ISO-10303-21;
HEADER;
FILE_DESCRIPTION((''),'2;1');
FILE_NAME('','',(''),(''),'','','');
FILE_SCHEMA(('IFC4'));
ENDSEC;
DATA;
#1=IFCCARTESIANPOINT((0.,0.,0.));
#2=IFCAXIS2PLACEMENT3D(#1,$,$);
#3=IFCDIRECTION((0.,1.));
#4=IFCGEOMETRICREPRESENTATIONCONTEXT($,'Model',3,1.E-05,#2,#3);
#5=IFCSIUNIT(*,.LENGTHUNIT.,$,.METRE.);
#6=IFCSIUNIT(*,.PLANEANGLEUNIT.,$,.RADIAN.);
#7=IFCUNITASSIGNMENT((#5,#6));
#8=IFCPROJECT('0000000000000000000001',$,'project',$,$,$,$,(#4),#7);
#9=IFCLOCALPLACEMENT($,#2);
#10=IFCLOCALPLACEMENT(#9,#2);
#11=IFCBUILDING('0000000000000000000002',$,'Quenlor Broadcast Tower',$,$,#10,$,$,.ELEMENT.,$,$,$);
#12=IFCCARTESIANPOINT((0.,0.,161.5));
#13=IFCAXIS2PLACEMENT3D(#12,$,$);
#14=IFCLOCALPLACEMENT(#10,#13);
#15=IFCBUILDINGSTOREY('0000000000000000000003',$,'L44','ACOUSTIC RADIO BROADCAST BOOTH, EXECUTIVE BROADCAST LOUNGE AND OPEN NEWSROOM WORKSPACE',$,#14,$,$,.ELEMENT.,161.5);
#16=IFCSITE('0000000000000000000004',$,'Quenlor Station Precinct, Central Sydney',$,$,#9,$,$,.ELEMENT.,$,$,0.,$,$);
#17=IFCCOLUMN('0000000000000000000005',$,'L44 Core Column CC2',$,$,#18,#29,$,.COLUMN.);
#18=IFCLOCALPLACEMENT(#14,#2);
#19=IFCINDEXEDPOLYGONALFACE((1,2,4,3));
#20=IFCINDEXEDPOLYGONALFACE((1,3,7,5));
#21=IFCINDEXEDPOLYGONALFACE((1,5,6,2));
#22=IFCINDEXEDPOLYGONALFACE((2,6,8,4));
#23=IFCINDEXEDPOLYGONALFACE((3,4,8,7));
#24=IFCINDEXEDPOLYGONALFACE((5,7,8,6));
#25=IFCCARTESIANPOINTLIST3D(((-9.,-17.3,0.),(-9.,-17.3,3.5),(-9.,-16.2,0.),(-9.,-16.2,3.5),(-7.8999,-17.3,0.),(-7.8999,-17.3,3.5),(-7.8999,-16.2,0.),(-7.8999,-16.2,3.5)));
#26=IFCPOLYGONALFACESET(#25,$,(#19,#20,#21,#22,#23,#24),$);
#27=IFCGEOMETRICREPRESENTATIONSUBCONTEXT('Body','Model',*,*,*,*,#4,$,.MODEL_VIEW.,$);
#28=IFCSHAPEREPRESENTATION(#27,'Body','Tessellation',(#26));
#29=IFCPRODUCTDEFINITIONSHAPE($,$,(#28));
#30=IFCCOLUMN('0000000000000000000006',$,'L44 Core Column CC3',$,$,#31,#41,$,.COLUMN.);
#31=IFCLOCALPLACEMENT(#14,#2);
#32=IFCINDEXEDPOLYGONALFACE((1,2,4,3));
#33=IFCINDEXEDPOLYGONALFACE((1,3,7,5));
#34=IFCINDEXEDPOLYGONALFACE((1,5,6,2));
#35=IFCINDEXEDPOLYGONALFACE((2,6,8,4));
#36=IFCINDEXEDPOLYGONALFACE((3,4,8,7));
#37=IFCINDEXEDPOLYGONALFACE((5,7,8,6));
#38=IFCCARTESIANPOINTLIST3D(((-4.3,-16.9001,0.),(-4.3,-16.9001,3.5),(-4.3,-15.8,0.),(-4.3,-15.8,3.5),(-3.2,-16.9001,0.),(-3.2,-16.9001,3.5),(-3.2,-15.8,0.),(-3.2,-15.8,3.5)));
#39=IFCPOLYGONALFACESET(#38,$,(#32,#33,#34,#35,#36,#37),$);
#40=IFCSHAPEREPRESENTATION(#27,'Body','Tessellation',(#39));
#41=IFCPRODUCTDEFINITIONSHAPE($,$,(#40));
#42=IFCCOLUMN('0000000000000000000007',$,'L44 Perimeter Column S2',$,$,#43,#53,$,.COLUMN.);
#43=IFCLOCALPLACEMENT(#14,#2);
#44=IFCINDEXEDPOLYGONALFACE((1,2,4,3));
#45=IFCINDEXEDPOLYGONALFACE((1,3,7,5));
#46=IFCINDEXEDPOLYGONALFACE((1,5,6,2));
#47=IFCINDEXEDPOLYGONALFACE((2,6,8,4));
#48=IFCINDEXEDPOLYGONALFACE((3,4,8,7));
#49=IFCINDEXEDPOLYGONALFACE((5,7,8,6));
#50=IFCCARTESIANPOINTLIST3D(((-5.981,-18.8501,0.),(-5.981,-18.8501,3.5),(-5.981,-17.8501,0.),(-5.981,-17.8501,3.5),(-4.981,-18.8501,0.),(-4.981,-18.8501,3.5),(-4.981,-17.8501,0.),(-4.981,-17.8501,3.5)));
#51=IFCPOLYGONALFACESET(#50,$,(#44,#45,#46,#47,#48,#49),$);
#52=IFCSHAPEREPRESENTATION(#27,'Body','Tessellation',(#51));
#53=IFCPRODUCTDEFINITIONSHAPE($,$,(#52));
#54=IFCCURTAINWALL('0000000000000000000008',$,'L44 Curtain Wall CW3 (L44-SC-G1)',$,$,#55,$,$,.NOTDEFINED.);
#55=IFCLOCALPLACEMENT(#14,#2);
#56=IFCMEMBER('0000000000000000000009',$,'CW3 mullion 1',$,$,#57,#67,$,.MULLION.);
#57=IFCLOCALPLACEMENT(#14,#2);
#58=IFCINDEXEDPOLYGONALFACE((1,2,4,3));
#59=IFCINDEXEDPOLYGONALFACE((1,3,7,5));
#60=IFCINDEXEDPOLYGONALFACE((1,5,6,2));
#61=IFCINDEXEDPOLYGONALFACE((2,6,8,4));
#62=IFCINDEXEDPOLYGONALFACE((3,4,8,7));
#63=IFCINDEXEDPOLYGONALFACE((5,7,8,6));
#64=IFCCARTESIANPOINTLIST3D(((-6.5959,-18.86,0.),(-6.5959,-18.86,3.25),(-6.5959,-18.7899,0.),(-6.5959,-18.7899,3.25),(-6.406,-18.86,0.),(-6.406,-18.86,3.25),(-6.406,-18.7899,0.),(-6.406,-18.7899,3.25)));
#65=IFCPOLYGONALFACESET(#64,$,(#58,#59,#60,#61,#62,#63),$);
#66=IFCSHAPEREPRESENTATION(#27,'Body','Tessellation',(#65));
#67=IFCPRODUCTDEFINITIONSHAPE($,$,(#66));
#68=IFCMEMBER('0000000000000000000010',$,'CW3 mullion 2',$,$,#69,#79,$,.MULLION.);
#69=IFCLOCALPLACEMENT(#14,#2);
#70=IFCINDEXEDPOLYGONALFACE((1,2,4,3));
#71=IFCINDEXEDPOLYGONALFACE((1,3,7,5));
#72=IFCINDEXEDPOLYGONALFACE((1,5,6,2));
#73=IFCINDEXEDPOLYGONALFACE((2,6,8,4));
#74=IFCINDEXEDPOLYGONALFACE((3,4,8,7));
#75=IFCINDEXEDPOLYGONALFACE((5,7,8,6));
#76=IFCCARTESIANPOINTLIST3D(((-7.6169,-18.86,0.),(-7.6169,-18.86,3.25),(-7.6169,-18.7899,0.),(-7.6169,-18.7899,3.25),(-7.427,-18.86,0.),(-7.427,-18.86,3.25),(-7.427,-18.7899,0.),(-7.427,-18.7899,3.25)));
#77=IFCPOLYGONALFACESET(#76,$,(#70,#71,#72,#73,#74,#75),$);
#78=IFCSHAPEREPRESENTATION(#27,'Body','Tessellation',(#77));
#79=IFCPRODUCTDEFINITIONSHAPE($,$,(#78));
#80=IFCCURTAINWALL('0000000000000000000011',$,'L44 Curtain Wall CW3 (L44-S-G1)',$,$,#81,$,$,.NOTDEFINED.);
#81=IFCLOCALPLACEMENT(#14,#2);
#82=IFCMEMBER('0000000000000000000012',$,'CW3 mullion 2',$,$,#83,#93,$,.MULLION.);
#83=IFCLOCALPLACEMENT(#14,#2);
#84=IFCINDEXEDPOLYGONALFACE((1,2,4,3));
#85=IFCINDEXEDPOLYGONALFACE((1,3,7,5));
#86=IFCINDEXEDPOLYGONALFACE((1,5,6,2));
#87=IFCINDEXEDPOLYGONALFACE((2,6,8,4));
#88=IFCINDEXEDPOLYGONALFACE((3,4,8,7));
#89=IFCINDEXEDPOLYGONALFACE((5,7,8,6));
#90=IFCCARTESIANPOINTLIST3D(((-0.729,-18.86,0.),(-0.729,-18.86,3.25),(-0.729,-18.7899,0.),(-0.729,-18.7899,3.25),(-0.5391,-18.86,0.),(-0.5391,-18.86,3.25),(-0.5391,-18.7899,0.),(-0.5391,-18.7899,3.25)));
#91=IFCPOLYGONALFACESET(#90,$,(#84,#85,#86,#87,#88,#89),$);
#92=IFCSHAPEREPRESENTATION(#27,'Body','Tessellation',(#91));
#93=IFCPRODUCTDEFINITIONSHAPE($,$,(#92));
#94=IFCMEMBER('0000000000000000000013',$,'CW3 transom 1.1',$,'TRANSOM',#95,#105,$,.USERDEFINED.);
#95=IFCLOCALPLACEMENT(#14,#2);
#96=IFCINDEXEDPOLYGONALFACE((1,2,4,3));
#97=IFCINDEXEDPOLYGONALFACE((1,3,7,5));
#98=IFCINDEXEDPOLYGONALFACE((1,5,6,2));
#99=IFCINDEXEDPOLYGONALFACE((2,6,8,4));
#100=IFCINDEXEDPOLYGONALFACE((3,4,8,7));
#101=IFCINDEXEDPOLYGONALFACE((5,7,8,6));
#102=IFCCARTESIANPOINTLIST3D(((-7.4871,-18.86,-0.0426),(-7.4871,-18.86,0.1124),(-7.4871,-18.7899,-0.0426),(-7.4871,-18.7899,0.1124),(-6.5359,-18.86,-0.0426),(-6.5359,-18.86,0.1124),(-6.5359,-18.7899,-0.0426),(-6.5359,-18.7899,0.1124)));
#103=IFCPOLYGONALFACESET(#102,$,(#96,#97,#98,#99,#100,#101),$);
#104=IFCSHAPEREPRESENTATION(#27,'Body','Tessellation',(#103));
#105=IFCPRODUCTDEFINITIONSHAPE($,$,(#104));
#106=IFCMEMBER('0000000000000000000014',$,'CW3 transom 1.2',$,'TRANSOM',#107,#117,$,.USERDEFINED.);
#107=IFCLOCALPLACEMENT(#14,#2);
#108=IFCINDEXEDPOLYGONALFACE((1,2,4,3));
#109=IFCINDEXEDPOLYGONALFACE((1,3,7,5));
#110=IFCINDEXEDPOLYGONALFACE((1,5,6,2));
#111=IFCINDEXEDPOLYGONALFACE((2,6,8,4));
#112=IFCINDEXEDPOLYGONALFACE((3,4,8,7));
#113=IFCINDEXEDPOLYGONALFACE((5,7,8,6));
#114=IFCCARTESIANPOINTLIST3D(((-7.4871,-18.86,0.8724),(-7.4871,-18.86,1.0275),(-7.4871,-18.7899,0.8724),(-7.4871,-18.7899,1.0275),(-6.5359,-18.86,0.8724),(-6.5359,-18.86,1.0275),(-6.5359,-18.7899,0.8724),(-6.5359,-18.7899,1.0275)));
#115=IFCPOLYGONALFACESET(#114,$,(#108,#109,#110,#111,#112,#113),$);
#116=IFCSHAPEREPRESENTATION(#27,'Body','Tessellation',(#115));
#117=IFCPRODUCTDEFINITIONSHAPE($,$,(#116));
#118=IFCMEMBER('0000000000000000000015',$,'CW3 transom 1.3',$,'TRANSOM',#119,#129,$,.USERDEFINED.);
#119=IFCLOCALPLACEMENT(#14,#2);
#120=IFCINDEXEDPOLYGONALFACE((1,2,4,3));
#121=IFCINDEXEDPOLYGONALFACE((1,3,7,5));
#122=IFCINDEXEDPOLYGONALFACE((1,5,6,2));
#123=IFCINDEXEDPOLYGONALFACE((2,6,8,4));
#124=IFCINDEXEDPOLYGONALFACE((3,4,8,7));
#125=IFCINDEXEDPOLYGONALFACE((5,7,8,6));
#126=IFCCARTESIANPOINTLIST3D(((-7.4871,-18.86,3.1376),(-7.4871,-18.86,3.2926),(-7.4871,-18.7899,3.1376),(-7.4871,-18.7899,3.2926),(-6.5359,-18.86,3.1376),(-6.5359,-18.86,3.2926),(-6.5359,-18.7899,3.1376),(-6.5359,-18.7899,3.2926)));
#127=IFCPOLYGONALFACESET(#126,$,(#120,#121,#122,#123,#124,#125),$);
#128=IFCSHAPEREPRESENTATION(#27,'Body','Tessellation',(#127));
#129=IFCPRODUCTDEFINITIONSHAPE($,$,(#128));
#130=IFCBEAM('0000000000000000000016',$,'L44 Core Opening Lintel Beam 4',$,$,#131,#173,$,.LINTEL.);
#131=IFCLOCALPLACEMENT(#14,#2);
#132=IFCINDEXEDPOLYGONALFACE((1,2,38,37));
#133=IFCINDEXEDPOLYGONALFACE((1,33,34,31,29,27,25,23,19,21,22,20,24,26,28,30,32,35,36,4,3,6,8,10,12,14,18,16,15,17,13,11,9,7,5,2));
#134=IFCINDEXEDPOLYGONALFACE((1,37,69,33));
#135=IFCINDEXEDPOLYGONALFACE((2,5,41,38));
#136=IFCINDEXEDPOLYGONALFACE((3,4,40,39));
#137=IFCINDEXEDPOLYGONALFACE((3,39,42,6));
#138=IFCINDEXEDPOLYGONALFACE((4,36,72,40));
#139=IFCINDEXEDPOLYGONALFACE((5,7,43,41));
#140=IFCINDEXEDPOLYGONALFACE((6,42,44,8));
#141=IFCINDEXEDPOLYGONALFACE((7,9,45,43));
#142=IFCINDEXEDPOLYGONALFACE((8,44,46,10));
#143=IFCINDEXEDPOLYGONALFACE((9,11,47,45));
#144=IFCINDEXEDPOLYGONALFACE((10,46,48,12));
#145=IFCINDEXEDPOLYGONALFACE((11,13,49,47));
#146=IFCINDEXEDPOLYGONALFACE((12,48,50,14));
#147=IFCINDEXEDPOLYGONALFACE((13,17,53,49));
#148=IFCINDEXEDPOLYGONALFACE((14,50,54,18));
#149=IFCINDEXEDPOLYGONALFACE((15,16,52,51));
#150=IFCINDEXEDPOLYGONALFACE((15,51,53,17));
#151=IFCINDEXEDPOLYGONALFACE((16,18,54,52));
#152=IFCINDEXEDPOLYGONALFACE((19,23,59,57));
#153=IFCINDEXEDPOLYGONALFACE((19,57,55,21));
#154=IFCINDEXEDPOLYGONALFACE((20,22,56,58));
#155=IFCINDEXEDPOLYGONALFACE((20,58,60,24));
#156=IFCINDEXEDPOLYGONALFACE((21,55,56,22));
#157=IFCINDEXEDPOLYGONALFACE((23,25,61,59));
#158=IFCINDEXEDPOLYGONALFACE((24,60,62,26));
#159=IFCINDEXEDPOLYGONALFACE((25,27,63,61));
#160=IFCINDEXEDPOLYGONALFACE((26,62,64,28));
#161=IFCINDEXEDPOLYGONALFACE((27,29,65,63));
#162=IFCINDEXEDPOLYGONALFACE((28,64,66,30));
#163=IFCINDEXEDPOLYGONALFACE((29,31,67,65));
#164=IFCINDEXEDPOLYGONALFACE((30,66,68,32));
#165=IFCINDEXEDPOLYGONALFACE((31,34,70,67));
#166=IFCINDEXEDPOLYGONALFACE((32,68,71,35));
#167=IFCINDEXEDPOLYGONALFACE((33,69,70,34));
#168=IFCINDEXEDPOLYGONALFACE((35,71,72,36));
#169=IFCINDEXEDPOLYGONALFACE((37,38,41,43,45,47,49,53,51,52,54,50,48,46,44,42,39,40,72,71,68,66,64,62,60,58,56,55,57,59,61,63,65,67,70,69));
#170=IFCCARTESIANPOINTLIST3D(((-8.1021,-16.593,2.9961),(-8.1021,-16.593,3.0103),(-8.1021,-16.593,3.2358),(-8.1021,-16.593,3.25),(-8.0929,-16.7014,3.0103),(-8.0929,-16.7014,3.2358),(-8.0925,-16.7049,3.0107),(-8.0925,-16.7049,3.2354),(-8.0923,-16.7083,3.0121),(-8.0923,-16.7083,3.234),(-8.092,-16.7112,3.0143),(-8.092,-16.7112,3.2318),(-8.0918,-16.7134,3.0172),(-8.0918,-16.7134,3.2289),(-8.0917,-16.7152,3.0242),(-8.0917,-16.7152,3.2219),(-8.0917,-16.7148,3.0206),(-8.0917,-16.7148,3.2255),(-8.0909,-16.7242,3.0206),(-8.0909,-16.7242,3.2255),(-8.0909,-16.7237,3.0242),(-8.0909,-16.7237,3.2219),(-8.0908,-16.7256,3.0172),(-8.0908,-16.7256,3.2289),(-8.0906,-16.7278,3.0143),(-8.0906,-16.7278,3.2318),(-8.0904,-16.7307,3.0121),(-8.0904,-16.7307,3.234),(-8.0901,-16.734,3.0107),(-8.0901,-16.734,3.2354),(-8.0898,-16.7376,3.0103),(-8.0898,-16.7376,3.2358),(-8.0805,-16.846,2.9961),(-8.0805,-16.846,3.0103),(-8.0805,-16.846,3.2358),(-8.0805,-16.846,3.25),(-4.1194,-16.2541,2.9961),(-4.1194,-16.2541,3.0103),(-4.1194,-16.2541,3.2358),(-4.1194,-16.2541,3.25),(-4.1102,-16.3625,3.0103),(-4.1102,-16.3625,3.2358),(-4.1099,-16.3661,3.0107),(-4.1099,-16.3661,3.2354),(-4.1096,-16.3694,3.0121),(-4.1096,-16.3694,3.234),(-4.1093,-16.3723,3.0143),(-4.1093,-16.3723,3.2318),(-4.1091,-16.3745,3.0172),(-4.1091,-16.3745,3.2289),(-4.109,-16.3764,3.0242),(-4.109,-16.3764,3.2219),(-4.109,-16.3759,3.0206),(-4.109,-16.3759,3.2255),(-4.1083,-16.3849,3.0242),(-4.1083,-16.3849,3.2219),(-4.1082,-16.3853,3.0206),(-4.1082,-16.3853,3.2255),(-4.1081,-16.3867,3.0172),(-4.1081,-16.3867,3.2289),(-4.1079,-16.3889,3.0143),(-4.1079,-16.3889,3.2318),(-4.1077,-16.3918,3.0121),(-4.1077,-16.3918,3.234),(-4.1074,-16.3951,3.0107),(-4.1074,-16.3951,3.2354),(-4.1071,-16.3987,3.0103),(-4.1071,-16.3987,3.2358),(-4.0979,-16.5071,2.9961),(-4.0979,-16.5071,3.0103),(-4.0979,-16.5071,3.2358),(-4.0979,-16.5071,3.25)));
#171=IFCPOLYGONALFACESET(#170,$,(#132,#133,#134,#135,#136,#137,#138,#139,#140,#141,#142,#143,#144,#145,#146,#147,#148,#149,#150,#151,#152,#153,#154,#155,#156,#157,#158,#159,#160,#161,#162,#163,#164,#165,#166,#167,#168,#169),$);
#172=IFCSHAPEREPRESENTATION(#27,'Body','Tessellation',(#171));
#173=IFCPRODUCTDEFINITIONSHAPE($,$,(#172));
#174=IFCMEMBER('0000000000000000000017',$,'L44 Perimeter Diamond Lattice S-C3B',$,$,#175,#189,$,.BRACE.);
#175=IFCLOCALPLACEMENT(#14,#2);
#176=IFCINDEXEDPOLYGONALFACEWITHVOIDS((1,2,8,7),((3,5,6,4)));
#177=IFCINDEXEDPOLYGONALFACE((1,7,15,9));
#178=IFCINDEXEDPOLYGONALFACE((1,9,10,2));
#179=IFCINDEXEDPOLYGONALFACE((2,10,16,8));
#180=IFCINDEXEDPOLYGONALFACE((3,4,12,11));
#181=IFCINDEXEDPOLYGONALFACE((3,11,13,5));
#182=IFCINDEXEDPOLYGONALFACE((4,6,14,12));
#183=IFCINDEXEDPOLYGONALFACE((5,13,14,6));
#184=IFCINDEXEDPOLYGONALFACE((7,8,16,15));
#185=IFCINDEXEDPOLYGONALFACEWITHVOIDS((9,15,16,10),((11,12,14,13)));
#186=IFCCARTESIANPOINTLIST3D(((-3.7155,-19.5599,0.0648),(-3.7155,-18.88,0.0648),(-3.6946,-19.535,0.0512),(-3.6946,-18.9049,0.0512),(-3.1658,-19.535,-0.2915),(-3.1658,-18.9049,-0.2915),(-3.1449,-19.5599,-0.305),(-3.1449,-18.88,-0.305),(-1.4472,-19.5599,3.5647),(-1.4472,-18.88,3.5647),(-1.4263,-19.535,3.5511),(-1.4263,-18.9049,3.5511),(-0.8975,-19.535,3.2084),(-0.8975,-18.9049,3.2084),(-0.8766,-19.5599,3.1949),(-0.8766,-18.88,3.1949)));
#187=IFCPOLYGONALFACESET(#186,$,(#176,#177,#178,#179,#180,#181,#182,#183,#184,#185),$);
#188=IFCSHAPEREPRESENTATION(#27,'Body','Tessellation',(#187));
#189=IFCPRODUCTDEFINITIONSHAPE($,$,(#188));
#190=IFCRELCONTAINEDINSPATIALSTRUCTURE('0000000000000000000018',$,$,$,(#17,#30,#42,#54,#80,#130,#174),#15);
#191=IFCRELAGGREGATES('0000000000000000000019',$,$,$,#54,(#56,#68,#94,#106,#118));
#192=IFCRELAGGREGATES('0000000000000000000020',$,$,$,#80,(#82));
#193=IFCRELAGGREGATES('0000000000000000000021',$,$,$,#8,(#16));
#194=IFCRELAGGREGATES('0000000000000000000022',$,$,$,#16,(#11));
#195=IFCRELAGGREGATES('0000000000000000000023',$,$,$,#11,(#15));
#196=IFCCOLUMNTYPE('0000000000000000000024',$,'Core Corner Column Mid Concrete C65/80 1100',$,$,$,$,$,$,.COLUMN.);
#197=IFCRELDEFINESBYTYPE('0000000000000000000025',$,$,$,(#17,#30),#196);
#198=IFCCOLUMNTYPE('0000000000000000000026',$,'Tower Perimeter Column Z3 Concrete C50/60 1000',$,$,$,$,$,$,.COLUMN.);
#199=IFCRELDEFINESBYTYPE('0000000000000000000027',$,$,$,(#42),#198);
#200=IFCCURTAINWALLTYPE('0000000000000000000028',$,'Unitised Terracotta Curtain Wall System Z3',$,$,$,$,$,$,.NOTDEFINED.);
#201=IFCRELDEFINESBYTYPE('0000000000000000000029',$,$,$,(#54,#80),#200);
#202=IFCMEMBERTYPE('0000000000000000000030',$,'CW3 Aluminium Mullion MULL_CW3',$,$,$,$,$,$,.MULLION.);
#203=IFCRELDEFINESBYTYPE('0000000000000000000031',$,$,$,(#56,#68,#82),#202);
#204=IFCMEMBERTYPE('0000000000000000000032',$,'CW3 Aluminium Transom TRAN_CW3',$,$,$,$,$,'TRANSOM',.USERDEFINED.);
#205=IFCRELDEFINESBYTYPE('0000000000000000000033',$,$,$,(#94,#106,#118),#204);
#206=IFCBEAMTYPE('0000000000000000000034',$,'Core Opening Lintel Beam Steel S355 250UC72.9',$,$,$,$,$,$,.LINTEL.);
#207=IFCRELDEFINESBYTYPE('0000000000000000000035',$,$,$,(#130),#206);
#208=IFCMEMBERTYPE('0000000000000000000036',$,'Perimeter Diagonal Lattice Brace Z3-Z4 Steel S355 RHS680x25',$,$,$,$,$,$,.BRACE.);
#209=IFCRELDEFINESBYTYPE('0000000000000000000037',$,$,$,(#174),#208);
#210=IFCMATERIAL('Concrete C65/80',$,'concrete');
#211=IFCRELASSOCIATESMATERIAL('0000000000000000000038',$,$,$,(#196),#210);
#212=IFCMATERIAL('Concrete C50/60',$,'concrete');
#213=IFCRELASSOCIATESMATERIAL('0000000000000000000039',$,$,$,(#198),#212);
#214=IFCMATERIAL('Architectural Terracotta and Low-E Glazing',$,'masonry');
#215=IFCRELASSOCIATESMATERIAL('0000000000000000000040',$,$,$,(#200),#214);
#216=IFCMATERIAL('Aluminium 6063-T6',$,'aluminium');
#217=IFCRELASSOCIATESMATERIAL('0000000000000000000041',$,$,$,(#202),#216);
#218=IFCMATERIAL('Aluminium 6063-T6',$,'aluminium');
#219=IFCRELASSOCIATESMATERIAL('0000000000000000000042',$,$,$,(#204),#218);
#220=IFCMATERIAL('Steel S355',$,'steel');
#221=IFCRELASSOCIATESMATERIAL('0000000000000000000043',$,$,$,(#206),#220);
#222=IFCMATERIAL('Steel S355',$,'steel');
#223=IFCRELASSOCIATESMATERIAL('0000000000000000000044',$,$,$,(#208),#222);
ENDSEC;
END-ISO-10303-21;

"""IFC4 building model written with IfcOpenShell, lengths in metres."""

from ifc_helpers import new_model, si_unit, direction, frame, origin, origin_2d, place, context, subcontext, project, spatial, rectangle, hollow_rectangle, i_section, extrude, material, material_profile, profile_set, type_object, element, aggregate, save


model = new_model("IFC4")

# Units and contexts
model_context = context("Model", 3, precision=1e-05, world=origin(), true_north=direction((0.0, 1.0)))
body_context = subcontext(model_context, "Body", "Model", "MODEL_VIEW")
ifc_project = project(units=[si_unit("LENGTHUNIT", "METRE"), si_unit("PLANEANGLEUNIT", "RADIAN")], contexts=[model_context])

# Site, building, storey
site_placement = place(None, origin())
site = spatial("IfcSite", under=ifc_project, at=site_placement, Name="Quenlor Station Precinct, Central Sydney", CompositionType="ELEMENT", RefElevation=0.0)
building_placement = place(site_placement, origin())
building = spatial("IfcBuilding", under=site, at=building_placement, Name="Quenlor Broadcast Tower", CompositionType="ELEMENT")
storey_placement = place(building_placement, frame((0.0, 0.0, 161.5)))
storey = spatial("IfcBuildingStorey", under=building, at=storey_placement, Name="L44", Description="ACOUSTIC RADIO BROADCAST BOOTH, EXECUTIVE BROADCAST LOUNGE AND OPEN NEWSROOM WORKSPACE", CompositionType="ELEMENT", Elevation=161.5)

# Columns
ifc_material_1 = material(Name="Concrete C65/80", Category="concrete")
ifc_material_profile_1 = material_profile(ifc_material_1, rectangle(XDim=1.1001, YDim=1.1001, at=origin_2d()))
ifc_profile_set_1 = profile_set([ifc_material_profile_1], Name="Concrete C65/80 RC1100x1100")
column_type_1 = type_object("IfcColumnType", Name="Core Corner Column Mid Concrete C65/80 1100", PredefinedType="COLUMN", material=ifc_profile_set_1)
for number, where, z_axis, x_axis, name in (
    (1, (-8.45, -16.75, 0.0), (0.0, 0.0, 1.0), (1.0, 0.0, 0.0), "L44 Core Column CC2"),
    (2, (-3.75, -16.3501, 0.0), (0.0, 0.0, 1.0), (1.0, 0.0, 0.0), "L44 Core Column CC3"),
):
    element("IfcColumn", number, at=place(storey_placement, frame(where, z_axis=z_axis, x_axis=x_axis)), inside=storey, type_object=column_type_1, Name=name, PredefinedType="COLUMN", context=body_context, shape_type="SweptSolid", body=[
        extrude(rectangle(XDim=1.1001, YDim=1.1001, at=origin_2d()), origin(), (0.0, 0.0, 1.0), 3.5),
    ])
ifc_material_2 = material(Name="Concrete C50/60", Category="concrete")
ifc_material_profile_2 = material_profile(ifc_material_2, rectangle(XDim=1.0, YDim=1.0, at=origin_2d()))
ifc_profile_set_2 = profile_set([ifc_material_profile_2], Name="Concrete C50/60 RC1000x1000")
column_type_2 = type_object("IfcColumnType", Name="Tower Perimeter Column Z3 Concrete C50/60 1000", PredefinedType="COLUMN", material=ifc_profile_set_2)
column_placement = place(storey_placement, frame((-5.481, -18.3501, 0.0), z_axis=(0.0, 0.0, 1.0), x_axis=(0.0, 1.0, 0.0)))
element("IfcColumn", 3, at=column_placement, inside=storey, type_object=column_type_2, Name="L44 Perimeter Column S2", PredefinedType="COLUMN", context=body_context, shape_type="SweptSolid", body=[
    extrude(rectangle(XDim=1.0, YDim=1.0, at=origin_2d()), origin(), (0.0, 0.0, 1.0), 3.5),
])

# Curtain wall, members
ifc_material_3 = material(Name="Architectural Terracotta and Low-E Glazing", Category="masonry")
curtain_wall_type = type_object("IfcCurtainWallType", Name="Unitised Terracotta Curtain Wall System Z3", PredefinedType="NOTDEFINED", material=ifc_material_3)
curtain_wall_1_placement = place(storey_placement, origin())
curtain_wall_1 = element("IfcCurtainWall", 4, at=curtain_wall_1_placement, inside=storey, type_object=curtain_wall_type, Name="L44 Curtain Wall CW3 (L44-SC-G1)", PredefinedType="NOTDEFINED")
ifc_material_4 = material(Name="Aluminium 6063-T6", Category="aluminium")
ifc_material_profile_3 = material_profile(ifc_material_4, rectangle(XDim=0.0701, YDim=0.1899, at=origin_2d()))
ifc_profile_set_3 = profile_set([ifc_material_profile_3], Name="Aluminium 6063-T6 MULL70x190")
member_type_1 = type_object("IfcMemberType", Name="CW3 Aluminium Mullion MULL_CW3", PredefinedType="MULLION", material=ifc_profile_set_3)
member_1_placement = place(storey_placement, frame((-6.501, -18.825, 0.0), z_axis=(0.0, 0.0, 1.0), x_axis=(0.0, -1.0, 0.0)))
member_1 = element("IfcMember", 5, at=member_1_placement, type_object=member_type_1, Name="CW3 mullion 1", PredefinedType="MULLION", context=body_context, shape_type="SweptSolid", body=[
    extrude(rectangle(XDim=0.0701, YDim=0.1899, at=origin_2d()), origin(), (0.0, 0.0, 1.0), 3.25),
])
member_2_placement = place(storey_placement, frame((-7.522, -18.825, 0.0), z_axis=(0.0, 0.0, 1.0), x_axis=(0.0, -1.0, 0.0)))
member_2 = element("IfcMember", 6, at=member_2_placement, type_object=member_type_1, Name="CW3 mullion 2", PredefinedType="MULLION", context=body_context, shape_type="SweptSolid", body=[
    extrude(rectangle(XDim=0.0701, YDim=0.1899, at=origin_2d()), origin(), (0.0, 0.0, 1.0), 3.25),
])

# Curtain wall, member
curtain_wall_2_placement = place(storey_placement, origin())
curtain_wall_2 = element("IfcCurtainWall", 7, at=curtain_wall_2_placement, inside=storey, type_object=curtain_wall_type, Name="L44 Curtain Wall CW3 (L44-S-G1)", PredefinedType="NOTDEFINED")
member_3_placement = place(storey_placement, frame((-0.634, -18.825, 0.0), z_axis=(0.0, 0.0, 1.0), x_axis=(0.0, -1.0, 0.0)))
member_3 = element("IfcMember", 8, at=member_3_placement, type_object=member_type_1, Name="CW3 mullion 2", PredefinedType="MULLION", context=body_context, shape_type="SweptSolid", body=[
    extrude(rectangle(XDim=0.0701, YDim=0.1899, at=origin_2d()), origin(), (0.0, 0.0, 1.0), 3.25),
])

# Members
ifc_material_5 = material(Name="Aluminium 6063-T6", Category="aluminium")
ifc_material_profile_4 = material_profile(ifc_material_5, rectangle(XDim=0.0701, YDim=0.155, at=origin_2d()))
ifc_profile_set_4 = profile_set([ifc_material_profile_4], Name="Aluminium 6063-T6 TRAN70x155")
member_type_2 = type_object("IfcMemberType", Name="CW3 Aluminium Transom TRAN_CW3", ElementType="TRANSOM", PredefinedType="USERDEFINED", material=ifc_profile_set_4)
member_4_placement = place(storey_placement, frame((-6.5359, -18.825, 0.0349), z_axis=(-1.0, 0.0, 0.0), x_axis=(0.0, -1.0, 0.0)))
member_4 = element("IfcMember", 9, at=member_4_placement, type_object=member_type_2, Name="CW3 transom 1.1", ObjectType="TRANSOM", PredefinedType="USERDEFINED", context=body_context, shape_type="SweptSolid", body=[
    extrude(rectangle(XDim=0.0701, YDim=0.155, at=origin_2d()), origin(), (0.0, 0.0, 1.0), 0.9512),
])
member_5_placement = place(storey_placement, frame((-6.5359, -18.825, 0.95), z_axis=(-1.0, 0.0, 0.0), x_axis=(0.0, -1.0, 0.0)))
member_5 = element("IfcMember", 10, at=member_5_placement, type_object=member_type_2, Name="CW3 transom 1.2", ObjectType="TRANSOM", PredefinedType="USERDEFINED", context=body_context, shape_type="SweptSolid", body=[
    extrude(rectangle(XDim=0.0701, YDim=0.155, at=origin_2d()), origin(), (0.0, 0.0, 1.0), 0.9512),
])
member_6_placement = place(storey_placement, frame((-6.5359, -18.825, 3.2151), z_axis=(-1.0, 0.0, 0.0), x_axis=(0.0, -1.0, 0.0)))
member_6 = element("IfcMember", 11, at=member_6_placement, type_object=member_type_2, Name="CW3 transom 1.3", ObjectType="TRANSOM", PredefinedType="USERDEFINED", context=body_context, shape_type="SweptSolid", body=[
    extrude(rectangle(XDim=0.0701, YDim=0.155, at=origin_2d()), origin(), (0.0, 0.0, 1.0), 0.9512),
])

# Beam
ifc_material_6 = material(Name="Steel S355", Category="steel")
ifc_material_profile_5 = material_profile(ifc_material_6, i_section(OverallWidth=0.2539, OverallDepth=0.2539, WebThickness=0.0085, FlangeThickness=0.0142, FilletRadius=0.0139, at=origin_2d()))
ifc_profile_set_5 = profile_set([ifc_material_profile_5], Name="Steel S355 250UC72.9")
beam_type_1 = type_object("IfcBeamType", Name="Core Opening Lintel Beam Steel S355 250UC72.9", PredefinedType="LINTEL", material=ifc_profile_set_5)
beam_1_placement = place(storey_placement, frame((-8.0913, -16.7195, 3.123), z_axis=(0.9964, 0.084779, 0.0), x_axis=(-0.084779, 0.9964, 0.0)))
element("IfcBeam", 12, at=beam_1_placement, inside=storey, type_object=beam_type_1, Name="L44 Core Opening Lintel Beam 4", PredefinedType="LINTEL", context=body_context, shape_type="SweptSolid", body=[
    extrude(i_section(OverallWidth=0.2539, OverallDepth=0.2539, WebThickness=0.0085, FlangeThickness=0.0142, FilletRadius=0.0139, at=origin_2d()), origin(), (0.0, 0.0, 1.0), 3.9971),
])

# Member
ifc_material_7 = material(Name="Steel S355", Category="steel")
ifc_material_profile_6 = material_profile(ifc_material_7, hollow_rectangle(XDim=0.6799, YDim=0.6799, WallThickness=0.0249, at=origin_2d()))
ifc_profile_set_6 = profile_set([ifc_material_profile_6], Name="Steel S355 RHS680x680x25")
member_type_3 = type_object("IfcMemberType", Name="Perimeter Diagonal Lattice Brace Z3-Z4 Steel S355 RHS680x25", PredefinedType="BRACE", material=ifc_profile_set_6)
member_7_placement = place(storey_placement, frame((-3.4302, -19.22, -0.1201), z_axis=(0.54386, 0.0, 0.839176), x_axis=(0.0, 1.0, 0.0)))
element("IfcMember", 13, at=member_7_placement, inside=storey, type_object=member_type_3, Name="L44 Perimeter Diamond Lattice S-C3B", PredefinedType="BRACE", context=body_context, shape_type="SweptSolid", body=[
    extrude(hollow_rectangle(XDim=0.6799, YDim=0.6799, WallThickness=0.0249, at=origin_2d()), origin(), (0.0, 0.0, 1.0), 4.1707),
])

aggregate(curtain_wall_1, [member_1, member_2, member_4, member_5, member_6])
aggregate(curtain_wall_2, [member_3])

save(model, "model.ifc")
